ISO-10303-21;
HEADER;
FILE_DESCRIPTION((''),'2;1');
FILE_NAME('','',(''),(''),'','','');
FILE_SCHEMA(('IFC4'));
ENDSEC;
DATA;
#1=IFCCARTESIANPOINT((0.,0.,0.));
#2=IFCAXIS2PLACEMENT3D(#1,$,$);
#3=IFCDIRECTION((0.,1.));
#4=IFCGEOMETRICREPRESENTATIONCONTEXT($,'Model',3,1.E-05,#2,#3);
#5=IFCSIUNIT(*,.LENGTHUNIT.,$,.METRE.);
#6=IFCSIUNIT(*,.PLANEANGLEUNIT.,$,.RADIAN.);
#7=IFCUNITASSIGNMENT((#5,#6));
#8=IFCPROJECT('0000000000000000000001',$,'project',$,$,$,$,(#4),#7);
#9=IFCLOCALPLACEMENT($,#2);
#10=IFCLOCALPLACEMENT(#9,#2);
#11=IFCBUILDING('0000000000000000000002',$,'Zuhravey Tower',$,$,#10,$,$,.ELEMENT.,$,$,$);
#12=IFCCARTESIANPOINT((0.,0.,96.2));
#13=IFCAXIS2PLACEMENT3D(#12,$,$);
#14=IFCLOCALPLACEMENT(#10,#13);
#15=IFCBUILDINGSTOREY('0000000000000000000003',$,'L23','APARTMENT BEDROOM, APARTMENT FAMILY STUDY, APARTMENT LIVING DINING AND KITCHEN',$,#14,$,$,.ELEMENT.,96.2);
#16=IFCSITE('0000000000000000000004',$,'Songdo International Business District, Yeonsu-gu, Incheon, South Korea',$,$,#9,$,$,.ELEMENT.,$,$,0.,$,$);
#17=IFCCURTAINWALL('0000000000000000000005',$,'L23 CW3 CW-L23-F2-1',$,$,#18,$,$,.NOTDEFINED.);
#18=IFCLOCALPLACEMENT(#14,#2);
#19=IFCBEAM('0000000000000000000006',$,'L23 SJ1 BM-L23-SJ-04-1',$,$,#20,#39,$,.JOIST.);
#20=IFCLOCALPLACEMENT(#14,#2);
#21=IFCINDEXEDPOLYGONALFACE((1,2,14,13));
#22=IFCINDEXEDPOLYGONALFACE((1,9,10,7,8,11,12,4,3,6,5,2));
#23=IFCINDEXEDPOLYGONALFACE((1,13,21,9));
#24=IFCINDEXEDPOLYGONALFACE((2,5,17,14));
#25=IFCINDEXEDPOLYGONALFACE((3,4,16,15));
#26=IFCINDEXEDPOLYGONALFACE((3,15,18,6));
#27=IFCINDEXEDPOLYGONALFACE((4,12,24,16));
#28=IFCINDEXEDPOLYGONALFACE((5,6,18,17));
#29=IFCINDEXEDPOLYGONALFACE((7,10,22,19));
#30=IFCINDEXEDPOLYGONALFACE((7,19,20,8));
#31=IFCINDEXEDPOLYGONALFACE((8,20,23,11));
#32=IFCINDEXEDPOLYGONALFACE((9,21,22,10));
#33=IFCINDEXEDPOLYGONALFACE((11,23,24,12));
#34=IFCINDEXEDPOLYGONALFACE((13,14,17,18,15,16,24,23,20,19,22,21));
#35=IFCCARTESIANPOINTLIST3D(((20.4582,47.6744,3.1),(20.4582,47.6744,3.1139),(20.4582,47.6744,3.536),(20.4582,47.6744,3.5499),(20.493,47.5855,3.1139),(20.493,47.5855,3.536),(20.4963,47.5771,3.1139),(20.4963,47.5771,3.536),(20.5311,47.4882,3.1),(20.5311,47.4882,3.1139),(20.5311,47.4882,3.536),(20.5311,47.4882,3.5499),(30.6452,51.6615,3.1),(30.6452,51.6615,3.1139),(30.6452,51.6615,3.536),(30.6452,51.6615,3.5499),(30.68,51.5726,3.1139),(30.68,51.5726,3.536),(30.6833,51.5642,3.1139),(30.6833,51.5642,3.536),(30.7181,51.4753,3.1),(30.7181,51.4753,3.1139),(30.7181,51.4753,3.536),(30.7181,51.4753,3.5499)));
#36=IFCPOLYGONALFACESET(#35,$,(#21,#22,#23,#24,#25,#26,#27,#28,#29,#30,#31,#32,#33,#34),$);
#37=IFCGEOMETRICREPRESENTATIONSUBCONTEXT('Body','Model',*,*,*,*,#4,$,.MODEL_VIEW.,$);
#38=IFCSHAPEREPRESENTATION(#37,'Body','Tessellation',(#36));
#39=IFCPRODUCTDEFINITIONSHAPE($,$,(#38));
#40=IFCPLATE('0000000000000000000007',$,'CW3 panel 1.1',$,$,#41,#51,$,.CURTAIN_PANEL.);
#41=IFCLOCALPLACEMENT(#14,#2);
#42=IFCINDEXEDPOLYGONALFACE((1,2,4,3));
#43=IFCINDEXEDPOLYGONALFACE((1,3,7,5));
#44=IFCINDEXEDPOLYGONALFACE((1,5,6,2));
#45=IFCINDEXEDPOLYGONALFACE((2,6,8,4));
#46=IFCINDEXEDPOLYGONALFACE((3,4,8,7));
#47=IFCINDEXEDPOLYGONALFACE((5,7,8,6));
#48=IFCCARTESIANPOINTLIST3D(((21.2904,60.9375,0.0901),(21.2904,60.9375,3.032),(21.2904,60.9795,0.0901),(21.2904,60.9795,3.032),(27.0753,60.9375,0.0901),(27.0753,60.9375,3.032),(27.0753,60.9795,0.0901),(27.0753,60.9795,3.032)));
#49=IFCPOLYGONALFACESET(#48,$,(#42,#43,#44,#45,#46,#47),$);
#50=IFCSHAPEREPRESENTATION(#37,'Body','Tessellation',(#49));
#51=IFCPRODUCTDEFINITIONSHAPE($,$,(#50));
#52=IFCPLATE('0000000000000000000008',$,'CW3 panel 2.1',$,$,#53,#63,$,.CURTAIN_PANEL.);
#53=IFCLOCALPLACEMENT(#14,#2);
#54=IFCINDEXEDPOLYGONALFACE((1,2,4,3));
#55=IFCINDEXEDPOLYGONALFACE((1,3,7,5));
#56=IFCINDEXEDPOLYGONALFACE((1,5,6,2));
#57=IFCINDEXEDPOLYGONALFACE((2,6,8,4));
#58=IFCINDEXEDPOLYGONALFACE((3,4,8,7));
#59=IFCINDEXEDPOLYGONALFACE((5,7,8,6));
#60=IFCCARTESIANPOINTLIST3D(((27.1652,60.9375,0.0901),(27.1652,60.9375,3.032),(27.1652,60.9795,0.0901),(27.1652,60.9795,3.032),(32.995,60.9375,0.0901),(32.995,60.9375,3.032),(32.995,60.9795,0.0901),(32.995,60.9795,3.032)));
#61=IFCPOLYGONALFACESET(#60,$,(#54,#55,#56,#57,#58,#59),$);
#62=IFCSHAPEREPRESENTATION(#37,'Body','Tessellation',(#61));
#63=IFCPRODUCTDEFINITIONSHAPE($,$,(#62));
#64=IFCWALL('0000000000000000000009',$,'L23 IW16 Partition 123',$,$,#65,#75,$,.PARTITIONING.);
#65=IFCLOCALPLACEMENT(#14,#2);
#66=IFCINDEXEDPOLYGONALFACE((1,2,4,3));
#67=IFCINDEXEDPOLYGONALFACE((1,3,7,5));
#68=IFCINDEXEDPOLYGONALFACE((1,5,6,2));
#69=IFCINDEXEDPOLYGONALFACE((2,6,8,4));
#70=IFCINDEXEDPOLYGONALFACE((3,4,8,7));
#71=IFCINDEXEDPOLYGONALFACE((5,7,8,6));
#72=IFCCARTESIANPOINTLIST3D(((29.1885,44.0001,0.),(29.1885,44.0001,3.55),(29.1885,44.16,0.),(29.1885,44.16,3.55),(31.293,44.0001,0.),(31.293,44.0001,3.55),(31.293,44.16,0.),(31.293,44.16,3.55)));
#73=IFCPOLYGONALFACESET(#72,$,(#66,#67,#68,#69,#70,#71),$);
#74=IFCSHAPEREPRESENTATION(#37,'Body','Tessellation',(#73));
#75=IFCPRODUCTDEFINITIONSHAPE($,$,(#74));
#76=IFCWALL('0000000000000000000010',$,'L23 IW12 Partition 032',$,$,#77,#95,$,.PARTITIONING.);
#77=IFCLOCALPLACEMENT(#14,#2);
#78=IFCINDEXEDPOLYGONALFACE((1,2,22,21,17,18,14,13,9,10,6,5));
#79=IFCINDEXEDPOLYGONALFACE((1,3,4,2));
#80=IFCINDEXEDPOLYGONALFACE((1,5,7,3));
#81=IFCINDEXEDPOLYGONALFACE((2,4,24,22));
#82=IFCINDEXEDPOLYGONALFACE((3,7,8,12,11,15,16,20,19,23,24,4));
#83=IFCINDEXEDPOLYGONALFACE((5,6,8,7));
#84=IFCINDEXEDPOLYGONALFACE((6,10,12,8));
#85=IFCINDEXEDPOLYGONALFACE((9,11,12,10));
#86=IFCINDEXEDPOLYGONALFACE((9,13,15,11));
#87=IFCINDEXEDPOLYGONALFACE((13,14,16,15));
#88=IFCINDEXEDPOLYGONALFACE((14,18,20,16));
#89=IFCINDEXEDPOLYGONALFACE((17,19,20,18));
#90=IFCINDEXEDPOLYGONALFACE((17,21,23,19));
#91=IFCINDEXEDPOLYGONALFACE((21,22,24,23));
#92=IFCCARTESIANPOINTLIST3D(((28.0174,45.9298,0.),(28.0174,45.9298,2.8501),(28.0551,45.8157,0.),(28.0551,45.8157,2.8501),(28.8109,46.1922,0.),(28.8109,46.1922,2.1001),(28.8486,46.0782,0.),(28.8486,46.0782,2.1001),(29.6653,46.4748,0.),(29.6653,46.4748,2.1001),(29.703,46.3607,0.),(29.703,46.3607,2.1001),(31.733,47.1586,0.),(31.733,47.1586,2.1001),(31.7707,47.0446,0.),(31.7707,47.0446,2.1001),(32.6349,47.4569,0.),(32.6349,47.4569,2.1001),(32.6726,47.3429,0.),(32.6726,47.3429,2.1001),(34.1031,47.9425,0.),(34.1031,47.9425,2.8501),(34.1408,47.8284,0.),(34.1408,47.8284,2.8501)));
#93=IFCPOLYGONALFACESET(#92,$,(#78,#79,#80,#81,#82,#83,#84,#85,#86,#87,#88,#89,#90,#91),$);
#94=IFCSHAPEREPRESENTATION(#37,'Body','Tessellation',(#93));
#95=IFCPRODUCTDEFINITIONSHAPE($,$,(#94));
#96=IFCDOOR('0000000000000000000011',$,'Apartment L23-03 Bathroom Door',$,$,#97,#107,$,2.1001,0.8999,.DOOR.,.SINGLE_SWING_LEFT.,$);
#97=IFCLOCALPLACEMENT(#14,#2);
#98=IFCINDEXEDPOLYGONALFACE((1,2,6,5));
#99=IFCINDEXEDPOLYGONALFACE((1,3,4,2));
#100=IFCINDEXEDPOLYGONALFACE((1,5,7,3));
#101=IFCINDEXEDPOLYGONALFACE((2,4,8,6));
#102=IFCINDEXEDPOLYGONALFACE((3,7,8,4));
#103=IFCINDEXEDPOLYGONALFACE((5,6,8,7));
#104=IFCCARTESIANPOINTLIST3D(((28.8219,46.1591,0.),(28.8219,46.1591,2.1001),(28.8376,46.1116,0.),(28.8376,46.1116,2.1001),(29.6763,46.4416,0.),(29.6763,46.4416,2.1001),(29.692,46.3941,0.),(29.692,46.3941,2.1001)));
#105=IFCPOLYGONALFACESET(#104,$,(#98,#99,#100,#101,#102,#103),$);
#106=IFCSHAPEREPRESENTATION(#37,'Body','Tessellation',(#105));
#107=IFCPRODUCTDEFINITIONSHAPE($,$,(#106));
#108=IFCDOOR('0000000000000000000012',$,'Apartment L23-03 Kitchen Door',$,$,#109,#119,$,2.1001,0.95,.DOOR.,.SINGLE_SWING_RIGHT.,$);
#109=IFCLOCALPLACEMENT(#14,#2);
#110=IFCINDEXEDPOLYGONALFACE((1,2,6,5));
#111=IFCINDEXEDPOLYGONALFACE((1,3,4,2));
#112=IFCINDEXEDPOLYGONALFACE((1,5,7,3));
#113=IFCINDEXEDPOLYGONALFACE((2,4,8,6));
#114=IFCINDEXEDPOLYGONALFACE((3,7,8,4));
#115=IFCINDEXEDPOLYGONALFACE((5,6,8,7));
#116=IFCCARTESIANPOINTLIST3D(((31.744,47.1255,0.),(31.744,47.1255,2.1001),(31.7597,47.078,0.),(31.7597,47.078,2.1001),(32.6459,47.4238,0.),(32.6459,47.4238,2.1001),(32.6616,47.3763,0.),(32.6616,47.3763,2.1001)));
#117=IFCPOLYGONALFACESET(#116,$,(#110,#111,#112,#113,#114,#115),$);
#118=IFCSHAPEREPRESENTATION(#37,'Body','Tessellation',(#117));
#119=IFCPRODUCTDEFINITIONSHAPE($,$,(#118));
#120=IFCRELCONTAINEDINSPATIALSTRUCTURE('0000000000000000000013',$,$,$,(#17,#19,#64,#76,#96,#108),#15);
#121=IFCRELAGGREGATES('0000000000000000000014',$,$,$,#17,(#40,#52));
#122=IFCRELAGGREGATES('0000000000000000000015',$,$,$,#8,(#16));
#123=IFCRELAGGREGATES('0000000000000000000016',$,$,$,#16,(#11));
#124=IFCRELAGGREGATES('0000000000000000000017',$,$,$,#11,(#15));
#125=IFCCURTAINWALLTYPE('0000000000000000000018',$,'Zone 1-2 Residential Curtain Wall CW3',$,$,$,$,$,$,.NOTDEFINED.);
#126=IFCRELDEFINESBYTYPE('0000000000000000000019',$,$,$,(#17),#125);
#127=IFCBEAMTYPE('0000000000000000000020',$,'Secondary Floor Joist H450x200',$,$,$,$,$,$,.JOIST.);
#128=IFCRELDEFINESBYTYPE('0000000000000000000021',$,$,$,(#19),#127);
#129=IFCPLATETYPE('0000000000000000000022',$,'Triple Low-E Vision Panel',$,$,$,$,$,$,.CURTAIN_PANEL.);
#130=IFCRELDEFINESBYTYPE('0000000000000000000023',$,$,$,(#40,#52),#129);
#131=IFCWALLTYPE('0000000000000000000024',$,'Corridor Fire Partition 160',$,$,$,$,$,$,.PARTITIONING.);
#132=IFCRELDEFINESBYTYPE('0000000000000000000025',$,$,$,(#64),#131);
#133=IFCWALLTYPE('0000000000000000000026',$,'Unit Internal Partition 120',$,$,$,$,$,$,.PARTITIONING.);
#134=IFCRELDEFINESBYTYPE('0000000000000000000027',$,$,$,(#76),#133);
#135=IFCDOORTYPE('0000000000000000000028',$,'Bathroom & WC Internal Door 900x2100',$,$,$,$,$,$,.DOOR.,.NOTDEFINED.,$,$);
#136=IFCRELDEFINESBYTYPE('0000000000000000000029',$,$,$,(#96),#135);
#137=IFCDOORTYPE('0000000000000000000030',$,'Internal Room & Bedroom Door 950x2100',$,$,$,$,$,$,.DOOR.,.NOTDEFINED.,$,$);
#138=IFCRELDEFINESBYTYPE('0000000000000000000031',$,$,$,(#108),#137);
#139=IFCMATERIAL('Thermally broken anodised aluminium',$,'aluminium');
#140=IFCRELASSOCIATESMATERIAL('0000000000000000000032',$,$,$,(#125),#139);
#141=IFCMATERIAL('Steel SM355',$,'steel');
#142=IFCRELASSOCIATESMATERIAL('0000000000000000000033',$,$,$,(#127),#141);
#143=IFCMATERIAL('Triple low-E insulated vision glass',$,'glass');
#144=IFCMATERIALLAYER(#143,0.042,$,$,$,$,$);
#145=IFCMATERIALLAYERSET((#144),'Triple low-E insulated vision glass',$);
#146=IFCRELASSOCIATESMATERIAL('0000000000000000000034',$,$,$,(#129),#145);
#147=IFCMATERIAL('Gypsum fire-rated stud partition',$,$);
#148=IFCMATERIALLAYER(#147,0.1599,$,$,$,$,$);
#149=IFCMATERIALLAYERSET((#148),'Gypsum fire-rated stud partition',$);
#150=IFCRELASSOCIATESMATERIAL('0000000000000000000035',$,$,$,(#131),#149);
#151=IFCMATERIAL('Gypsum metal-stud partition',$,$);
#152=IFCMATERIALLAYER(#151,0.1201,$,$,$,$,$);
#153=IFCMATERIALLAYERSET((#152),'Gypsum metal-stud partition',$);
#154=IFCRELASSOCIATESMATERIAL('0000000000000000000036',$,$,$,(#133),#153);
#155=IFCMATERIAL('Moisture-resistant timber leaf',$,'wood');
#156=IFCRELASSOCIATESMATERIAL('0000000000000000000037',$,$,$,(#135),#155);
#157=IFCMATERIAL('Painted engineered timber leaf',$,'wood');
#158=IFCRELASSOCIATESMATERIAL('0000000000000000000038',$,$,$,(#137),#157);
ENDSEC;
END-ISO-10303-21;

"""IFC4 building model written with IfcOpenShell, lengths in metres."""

from ifc_helpers import new_model, si_unit, direction, frame, frame_2d, origin, origin_2d, place, context, subcontext, project, spatial, rectangle, i_section, extrude, material, layer, layer_set, material_profile, profile_set, type_object, element, fill, aggregate, save


model = new_model("IFC4")

# Units and contexts
model_context = context("Model", 3, precision=1e-05, world=origin(), true_north=direction((0.0, 1.0)))
body_context = subcontext(model_context, "Body", "Model", "MODEL_VIEW")
ifc_project = project(units=[si_unit("LENGTHUNIT", "METRE"), si_unit("PLANEANGLEUNIT", "RADIAN")], contexts=[model_context])

# Site, building, storey
site_placement = place(None, origin())
site = spatial("IfcSite", under=ifc_project, at=site_placement, Name="Songdo International Business District, Yeonsu-gu, Incheon, South Korea", CompositionType="ELEMENT", RefElevation=0.0)
building_placement = place(site_placement, origin())
building = spatial("IfcBuilding", under=site, at=building_placement, Name="Zuhravey Tower", CompositionType="ELEMENT")
storey_placement = place(building_placement, frame((0.0, 0.0, 96.2)))
storey = spatial("IfcBuildingStorey", under=building, at=storey_placement, Name="L23", Description="APARTMENT BEDROOM, APARTMENT FAMILY STUDY, APARTMENT LIVING DINING AND KITCHEN", CompositionType="ELEMENT", Elevation=96.2)

# Curtain wall
ifc_material_1 = material(Name="Thermally broken anodised aluminium", Category="aluminium")
curtain_wall_type = type_object("IfcCurtainWallType", Name="Zone 1-2 Residential Curtain Wall CW3", PredefinedType="NOTDEFINED", material=ifc_material_1)
curtain_wall_placement = place(storey_placement, origin())
curtain_wall = element("IfcCurtainWall", 1, at=curtain_wall_placement, inside=storey, type_object=curtain_wall_type, Name="L23 CW3 CW-L23-F2-1", PredefinedType="NOTDEFINED")

# Beam
ifc_material_2 = material(Name="Steel SM355", Category="steel")
ifc_material_profile_1 = material_profile(ifc_material_2, i_section(OverallWidth=0.2, OverallDepth=0.45, WebThickness=0.009, FlangeThickness=0.0139, at=origin_2d()), Name="H-450x200x9x14")
ifc_profile_set_1 = profile_set([ifc_material_profile_1], Name="Steel SM355")
beam_type_1 = type_object("IfcBeamType", Name="Secondary Floor Joist H450x200", PredefinedType="JOIST", material=ifc_profile_set_1)
beam_1_placement = place(storey_placement, frame((30.6816, 51.5684, 3.325), z_axis=(-0.931217, -0.364466, 0.0), x_axis=(0.364466, -0.931217, 0.0)))
element("IfcBeam", 2, at=beam_1_placement, inside=storey, type_object=beam_type_1, Name="L23 SJ1 BM-L23-SJ-04-1", PredefinedType="JOIST", context=body_context, shape_type="SweptSolid", body=[
    extrude(i_section(OverallWidth=0.2, OverallDepth=0.45, WebThickness=0.009, FlangeThickness=0.0139, at=origin_2d()), origin(), (0.0, 0.0, 1.0), 10.9395),
])

# Plates
ifc_material_3 = material(Name="Triple low-E insulated vision glass", Category="glass")
ifc_layer_1 = layer(ifc_material_3, 0.042)
ifc_layer_set_1 = layer_set([ifc_layer_1], Name="Triple low-E insulated vision glass")
plate_type = type_object("IfcPlateType", Name="Triple Low-E Vision Panel", PredefinedType="CURTAIN_PANEL", material=ifc_layer_set_1)
plate_1_placement = place(storey_placement, frame((24.1829, 60.9585, 0.0901), z_axis=(0.0, 0.0, 1.0), x_axis=(1.0, 0.0, 0.0)))
plate_1 = element("IfcPlate", 3, at=plate_1_placement, type_object=plate_type, Name="CW3 panel 1.1", PredefinedType="CURTAIN_PANEL", context=body_context, shape_type="SweptSolid", body=[
    extrude(rectangle(XDim=5.7849, YDim=0.042, at=origin_2d()), origin(), (0.0, 0.0, 1.0), 2.9419),
])
plate_2_placement = place(storey_placement, frame((30.0801, 60.9585, 0.0901), z_axis=(0.0, 0.0, 1.0), x_axis=(1.0, 0.0, 0.0)))
plate_2 = element("IfcPlate", 4, at=plate_2_placement, type_object=plate_type, Name="CW3 panel 2.1", PredefinedType="CURTAIN_PANEL", context=body_context, shape_type="SweptSolid", body=[
    extrude(rectangle(XDim=5.8298, YDim=0.042, at=origin_2d()), origin(), (0.0, 0.0, 1.0), 2.9419),
])
aggregate(curtain_wall, [plate_1, plate_2])

# Wall
ifc_material_4 = material(Name="Gypsum fire-rated stud partition")
ifc_layer_2 = layer(ifc_material_4, 0.1599)
ifc_layer_set_2 = layer_set([ifc_layer_2], Name="Gypsum fire-rated stud partition")
wall_type_1 = type_object("IfcWallType", Name="Corridor Fire Partition 160", PredefinedType="PARTITIONING", material=ifc_layer_set_2)
wall_1_placement = place(storey_placement, frame((31.293, 44.0801, 0.0), z_axis=(0.0, 0.0, 1.0), x_axis=(-1.0, 0.0, 0.0)))
element("IfcWall", 5, at=wall_1_placement, inside=storey, type_object=wall_type_1, Name="L23 IW16 Partition 123", PredefinedType="PARTITIONING", context=body_context, shape_type="SweptSolid", body=[
    extrude(rectangle(XDim=2.1045, YDim=0.1599, at=frame_2d((1.0522, 0.0))), origin(), (0.0, 0.0, 1.0), 3.55),
])

# Wall, openings, doors
ifc_material_5 = material(Name="Gypsum metal-stud partition")
ifc_layer_3 = layer(ifc_material_5, 0.1201)
ifc_layer_set_3 = layer_set([ifc_layer_3], Name="Gypsum metal-stud partition")
wall_type_2 = type_object("IfcWallType", Name="Unit Internal Partition 120", PredefinedType="PARTITIONING", material=ifc_layer_set_3)
wall_2_placement = place(storey_placement, frame((34.1221, 47.8855, 0.0), z_axis=(0.0, 0.0, 1.0), x_axis=(-0.949423, -0.313999, 0.0)))
wall_2 = element("IfcWall", 6, at=wall_2_placement, inside=storey, type_object=wall_type_2, Name="L23 IW12 Partition 032", PredefinedType="PARTITIONING", context=body_context, shape_type="SweptSolid", body=[
    extrude(rectangle(XDim=6.4099, YDim=0.1201, at=frame_2d((3.2051, 0.0))), origin(), (0.0, 0.0, 1.0), 2.8501),
])
opening_1_placement = place(wall_2_placement, frame((1.5464, 0.0, 0.0)))
opening_1 = element("IfcOpeningElement", 7, at=opening_1_placement, cuts=wall_2, PredefinedType="OPENING", context=body_context, shape_type="SweptSolid", body=[
    extrude(rectangle(XDim=0.95, YDim=2.1001, at=frame_2d((0.4751, 1.05))), frame((0.0, 0.072, 0.0), z_axis=(0.0, -1.0, 0.0), x_axis=(1.0, 0.0, 0.0)), (0.0, 0.0, 1.0), 0.144),
])
opening_2_placement = place(wall_2_placement, frame((4.6743, 0.0, 0.0)))
opening_2 = element("IfcOpeningElement", 8, at=opening_2_placement, cuts=wall_2, PredefinedType="OPENING", context=body_context, shape_type="SweptSolid", body=[
    extrude(rectangle(XDim=0.8999, YDim=2.1001, at=frame_2d((0.45, 1.05))), frame((0.0, 0.072, 0.0), z_axis=(0.0, -1.0, 0.0), x_axis=(1.0, 0.0, 0.0)), (0.0, 0.0, 1.0), 0.144),
])
ifc_material_6 = material(Name="Moisture-resistant timber leaf", Category="wood")
door_type_1 = type_object("IfcDoorType", Name="Bathroom & WC Internal Door 900x2100", OperationType="NOTDEFINED", PredefinedType="DOOR", material=ifc_material_6)
door_1_placement = place(opening_2_placement, origin())
door_1 = element("IfcDoor", 9, at=door_1_placement, inside=storey, type_object=door_type_1, Name="Apartment L23-03 Bathroom Door", OperationType="SINGLE_SWING_LEFT", OverallHeight=2.1001, OverallWidth=0.8999, PredefinedType="DOOR", context=body_context, shape_type="SweptSolid", body=[
    extrude(rectangle(XDim=0.8999, YDim=2.1001, at=frame_2d((0.45, 1.05))), frame((0.0, 0.0249, 0.0), z_axis=(0.0, -1.0, 0.0), x_axis=(1.0, 0.0, 0.0)), (0.0, 0.0, 1.0), 0.05),
])
fill(opening_2, door_1)
ifc_material_7 = material(Name="Painted engineered timber leaf", Category="wood")
door_type_2 = type_object("IfcDoorType", Name="Internal Room & Bedroom Door 950x2100", OperationType="NOTDEFINED", PredefinedType="DOOR", material=ifc_material_7)
door_2_placement = place(opening_1_placement, origin())
door_2 = element("IfcDoor", 10, at=door_2_placement, inside=storey, type_object=door_type_2, Name="Apartment L23-03 Kitchen Door", OperationType="SINGLE_SWING_RIGHT", OverallHeight=2.1001, OverallWidth=0.95, PredefinedType="DOOR", context=body_context, shape_type="SweptSolid", body=[
    extrude(rectangle(XDim=0.95, YDim=2.1001, at=frame_2d((0.4751, 1.05))), frame((0.0, 0.0249, 0.0), z_axis=(0.0, -1.0, 0.0), x_axis=(1.0, 0.0, 0.0)), (0.0, 0.0, 1.0), 0.05),
])
fill(opening_1, door_2)

save(model, "model.ifc")
